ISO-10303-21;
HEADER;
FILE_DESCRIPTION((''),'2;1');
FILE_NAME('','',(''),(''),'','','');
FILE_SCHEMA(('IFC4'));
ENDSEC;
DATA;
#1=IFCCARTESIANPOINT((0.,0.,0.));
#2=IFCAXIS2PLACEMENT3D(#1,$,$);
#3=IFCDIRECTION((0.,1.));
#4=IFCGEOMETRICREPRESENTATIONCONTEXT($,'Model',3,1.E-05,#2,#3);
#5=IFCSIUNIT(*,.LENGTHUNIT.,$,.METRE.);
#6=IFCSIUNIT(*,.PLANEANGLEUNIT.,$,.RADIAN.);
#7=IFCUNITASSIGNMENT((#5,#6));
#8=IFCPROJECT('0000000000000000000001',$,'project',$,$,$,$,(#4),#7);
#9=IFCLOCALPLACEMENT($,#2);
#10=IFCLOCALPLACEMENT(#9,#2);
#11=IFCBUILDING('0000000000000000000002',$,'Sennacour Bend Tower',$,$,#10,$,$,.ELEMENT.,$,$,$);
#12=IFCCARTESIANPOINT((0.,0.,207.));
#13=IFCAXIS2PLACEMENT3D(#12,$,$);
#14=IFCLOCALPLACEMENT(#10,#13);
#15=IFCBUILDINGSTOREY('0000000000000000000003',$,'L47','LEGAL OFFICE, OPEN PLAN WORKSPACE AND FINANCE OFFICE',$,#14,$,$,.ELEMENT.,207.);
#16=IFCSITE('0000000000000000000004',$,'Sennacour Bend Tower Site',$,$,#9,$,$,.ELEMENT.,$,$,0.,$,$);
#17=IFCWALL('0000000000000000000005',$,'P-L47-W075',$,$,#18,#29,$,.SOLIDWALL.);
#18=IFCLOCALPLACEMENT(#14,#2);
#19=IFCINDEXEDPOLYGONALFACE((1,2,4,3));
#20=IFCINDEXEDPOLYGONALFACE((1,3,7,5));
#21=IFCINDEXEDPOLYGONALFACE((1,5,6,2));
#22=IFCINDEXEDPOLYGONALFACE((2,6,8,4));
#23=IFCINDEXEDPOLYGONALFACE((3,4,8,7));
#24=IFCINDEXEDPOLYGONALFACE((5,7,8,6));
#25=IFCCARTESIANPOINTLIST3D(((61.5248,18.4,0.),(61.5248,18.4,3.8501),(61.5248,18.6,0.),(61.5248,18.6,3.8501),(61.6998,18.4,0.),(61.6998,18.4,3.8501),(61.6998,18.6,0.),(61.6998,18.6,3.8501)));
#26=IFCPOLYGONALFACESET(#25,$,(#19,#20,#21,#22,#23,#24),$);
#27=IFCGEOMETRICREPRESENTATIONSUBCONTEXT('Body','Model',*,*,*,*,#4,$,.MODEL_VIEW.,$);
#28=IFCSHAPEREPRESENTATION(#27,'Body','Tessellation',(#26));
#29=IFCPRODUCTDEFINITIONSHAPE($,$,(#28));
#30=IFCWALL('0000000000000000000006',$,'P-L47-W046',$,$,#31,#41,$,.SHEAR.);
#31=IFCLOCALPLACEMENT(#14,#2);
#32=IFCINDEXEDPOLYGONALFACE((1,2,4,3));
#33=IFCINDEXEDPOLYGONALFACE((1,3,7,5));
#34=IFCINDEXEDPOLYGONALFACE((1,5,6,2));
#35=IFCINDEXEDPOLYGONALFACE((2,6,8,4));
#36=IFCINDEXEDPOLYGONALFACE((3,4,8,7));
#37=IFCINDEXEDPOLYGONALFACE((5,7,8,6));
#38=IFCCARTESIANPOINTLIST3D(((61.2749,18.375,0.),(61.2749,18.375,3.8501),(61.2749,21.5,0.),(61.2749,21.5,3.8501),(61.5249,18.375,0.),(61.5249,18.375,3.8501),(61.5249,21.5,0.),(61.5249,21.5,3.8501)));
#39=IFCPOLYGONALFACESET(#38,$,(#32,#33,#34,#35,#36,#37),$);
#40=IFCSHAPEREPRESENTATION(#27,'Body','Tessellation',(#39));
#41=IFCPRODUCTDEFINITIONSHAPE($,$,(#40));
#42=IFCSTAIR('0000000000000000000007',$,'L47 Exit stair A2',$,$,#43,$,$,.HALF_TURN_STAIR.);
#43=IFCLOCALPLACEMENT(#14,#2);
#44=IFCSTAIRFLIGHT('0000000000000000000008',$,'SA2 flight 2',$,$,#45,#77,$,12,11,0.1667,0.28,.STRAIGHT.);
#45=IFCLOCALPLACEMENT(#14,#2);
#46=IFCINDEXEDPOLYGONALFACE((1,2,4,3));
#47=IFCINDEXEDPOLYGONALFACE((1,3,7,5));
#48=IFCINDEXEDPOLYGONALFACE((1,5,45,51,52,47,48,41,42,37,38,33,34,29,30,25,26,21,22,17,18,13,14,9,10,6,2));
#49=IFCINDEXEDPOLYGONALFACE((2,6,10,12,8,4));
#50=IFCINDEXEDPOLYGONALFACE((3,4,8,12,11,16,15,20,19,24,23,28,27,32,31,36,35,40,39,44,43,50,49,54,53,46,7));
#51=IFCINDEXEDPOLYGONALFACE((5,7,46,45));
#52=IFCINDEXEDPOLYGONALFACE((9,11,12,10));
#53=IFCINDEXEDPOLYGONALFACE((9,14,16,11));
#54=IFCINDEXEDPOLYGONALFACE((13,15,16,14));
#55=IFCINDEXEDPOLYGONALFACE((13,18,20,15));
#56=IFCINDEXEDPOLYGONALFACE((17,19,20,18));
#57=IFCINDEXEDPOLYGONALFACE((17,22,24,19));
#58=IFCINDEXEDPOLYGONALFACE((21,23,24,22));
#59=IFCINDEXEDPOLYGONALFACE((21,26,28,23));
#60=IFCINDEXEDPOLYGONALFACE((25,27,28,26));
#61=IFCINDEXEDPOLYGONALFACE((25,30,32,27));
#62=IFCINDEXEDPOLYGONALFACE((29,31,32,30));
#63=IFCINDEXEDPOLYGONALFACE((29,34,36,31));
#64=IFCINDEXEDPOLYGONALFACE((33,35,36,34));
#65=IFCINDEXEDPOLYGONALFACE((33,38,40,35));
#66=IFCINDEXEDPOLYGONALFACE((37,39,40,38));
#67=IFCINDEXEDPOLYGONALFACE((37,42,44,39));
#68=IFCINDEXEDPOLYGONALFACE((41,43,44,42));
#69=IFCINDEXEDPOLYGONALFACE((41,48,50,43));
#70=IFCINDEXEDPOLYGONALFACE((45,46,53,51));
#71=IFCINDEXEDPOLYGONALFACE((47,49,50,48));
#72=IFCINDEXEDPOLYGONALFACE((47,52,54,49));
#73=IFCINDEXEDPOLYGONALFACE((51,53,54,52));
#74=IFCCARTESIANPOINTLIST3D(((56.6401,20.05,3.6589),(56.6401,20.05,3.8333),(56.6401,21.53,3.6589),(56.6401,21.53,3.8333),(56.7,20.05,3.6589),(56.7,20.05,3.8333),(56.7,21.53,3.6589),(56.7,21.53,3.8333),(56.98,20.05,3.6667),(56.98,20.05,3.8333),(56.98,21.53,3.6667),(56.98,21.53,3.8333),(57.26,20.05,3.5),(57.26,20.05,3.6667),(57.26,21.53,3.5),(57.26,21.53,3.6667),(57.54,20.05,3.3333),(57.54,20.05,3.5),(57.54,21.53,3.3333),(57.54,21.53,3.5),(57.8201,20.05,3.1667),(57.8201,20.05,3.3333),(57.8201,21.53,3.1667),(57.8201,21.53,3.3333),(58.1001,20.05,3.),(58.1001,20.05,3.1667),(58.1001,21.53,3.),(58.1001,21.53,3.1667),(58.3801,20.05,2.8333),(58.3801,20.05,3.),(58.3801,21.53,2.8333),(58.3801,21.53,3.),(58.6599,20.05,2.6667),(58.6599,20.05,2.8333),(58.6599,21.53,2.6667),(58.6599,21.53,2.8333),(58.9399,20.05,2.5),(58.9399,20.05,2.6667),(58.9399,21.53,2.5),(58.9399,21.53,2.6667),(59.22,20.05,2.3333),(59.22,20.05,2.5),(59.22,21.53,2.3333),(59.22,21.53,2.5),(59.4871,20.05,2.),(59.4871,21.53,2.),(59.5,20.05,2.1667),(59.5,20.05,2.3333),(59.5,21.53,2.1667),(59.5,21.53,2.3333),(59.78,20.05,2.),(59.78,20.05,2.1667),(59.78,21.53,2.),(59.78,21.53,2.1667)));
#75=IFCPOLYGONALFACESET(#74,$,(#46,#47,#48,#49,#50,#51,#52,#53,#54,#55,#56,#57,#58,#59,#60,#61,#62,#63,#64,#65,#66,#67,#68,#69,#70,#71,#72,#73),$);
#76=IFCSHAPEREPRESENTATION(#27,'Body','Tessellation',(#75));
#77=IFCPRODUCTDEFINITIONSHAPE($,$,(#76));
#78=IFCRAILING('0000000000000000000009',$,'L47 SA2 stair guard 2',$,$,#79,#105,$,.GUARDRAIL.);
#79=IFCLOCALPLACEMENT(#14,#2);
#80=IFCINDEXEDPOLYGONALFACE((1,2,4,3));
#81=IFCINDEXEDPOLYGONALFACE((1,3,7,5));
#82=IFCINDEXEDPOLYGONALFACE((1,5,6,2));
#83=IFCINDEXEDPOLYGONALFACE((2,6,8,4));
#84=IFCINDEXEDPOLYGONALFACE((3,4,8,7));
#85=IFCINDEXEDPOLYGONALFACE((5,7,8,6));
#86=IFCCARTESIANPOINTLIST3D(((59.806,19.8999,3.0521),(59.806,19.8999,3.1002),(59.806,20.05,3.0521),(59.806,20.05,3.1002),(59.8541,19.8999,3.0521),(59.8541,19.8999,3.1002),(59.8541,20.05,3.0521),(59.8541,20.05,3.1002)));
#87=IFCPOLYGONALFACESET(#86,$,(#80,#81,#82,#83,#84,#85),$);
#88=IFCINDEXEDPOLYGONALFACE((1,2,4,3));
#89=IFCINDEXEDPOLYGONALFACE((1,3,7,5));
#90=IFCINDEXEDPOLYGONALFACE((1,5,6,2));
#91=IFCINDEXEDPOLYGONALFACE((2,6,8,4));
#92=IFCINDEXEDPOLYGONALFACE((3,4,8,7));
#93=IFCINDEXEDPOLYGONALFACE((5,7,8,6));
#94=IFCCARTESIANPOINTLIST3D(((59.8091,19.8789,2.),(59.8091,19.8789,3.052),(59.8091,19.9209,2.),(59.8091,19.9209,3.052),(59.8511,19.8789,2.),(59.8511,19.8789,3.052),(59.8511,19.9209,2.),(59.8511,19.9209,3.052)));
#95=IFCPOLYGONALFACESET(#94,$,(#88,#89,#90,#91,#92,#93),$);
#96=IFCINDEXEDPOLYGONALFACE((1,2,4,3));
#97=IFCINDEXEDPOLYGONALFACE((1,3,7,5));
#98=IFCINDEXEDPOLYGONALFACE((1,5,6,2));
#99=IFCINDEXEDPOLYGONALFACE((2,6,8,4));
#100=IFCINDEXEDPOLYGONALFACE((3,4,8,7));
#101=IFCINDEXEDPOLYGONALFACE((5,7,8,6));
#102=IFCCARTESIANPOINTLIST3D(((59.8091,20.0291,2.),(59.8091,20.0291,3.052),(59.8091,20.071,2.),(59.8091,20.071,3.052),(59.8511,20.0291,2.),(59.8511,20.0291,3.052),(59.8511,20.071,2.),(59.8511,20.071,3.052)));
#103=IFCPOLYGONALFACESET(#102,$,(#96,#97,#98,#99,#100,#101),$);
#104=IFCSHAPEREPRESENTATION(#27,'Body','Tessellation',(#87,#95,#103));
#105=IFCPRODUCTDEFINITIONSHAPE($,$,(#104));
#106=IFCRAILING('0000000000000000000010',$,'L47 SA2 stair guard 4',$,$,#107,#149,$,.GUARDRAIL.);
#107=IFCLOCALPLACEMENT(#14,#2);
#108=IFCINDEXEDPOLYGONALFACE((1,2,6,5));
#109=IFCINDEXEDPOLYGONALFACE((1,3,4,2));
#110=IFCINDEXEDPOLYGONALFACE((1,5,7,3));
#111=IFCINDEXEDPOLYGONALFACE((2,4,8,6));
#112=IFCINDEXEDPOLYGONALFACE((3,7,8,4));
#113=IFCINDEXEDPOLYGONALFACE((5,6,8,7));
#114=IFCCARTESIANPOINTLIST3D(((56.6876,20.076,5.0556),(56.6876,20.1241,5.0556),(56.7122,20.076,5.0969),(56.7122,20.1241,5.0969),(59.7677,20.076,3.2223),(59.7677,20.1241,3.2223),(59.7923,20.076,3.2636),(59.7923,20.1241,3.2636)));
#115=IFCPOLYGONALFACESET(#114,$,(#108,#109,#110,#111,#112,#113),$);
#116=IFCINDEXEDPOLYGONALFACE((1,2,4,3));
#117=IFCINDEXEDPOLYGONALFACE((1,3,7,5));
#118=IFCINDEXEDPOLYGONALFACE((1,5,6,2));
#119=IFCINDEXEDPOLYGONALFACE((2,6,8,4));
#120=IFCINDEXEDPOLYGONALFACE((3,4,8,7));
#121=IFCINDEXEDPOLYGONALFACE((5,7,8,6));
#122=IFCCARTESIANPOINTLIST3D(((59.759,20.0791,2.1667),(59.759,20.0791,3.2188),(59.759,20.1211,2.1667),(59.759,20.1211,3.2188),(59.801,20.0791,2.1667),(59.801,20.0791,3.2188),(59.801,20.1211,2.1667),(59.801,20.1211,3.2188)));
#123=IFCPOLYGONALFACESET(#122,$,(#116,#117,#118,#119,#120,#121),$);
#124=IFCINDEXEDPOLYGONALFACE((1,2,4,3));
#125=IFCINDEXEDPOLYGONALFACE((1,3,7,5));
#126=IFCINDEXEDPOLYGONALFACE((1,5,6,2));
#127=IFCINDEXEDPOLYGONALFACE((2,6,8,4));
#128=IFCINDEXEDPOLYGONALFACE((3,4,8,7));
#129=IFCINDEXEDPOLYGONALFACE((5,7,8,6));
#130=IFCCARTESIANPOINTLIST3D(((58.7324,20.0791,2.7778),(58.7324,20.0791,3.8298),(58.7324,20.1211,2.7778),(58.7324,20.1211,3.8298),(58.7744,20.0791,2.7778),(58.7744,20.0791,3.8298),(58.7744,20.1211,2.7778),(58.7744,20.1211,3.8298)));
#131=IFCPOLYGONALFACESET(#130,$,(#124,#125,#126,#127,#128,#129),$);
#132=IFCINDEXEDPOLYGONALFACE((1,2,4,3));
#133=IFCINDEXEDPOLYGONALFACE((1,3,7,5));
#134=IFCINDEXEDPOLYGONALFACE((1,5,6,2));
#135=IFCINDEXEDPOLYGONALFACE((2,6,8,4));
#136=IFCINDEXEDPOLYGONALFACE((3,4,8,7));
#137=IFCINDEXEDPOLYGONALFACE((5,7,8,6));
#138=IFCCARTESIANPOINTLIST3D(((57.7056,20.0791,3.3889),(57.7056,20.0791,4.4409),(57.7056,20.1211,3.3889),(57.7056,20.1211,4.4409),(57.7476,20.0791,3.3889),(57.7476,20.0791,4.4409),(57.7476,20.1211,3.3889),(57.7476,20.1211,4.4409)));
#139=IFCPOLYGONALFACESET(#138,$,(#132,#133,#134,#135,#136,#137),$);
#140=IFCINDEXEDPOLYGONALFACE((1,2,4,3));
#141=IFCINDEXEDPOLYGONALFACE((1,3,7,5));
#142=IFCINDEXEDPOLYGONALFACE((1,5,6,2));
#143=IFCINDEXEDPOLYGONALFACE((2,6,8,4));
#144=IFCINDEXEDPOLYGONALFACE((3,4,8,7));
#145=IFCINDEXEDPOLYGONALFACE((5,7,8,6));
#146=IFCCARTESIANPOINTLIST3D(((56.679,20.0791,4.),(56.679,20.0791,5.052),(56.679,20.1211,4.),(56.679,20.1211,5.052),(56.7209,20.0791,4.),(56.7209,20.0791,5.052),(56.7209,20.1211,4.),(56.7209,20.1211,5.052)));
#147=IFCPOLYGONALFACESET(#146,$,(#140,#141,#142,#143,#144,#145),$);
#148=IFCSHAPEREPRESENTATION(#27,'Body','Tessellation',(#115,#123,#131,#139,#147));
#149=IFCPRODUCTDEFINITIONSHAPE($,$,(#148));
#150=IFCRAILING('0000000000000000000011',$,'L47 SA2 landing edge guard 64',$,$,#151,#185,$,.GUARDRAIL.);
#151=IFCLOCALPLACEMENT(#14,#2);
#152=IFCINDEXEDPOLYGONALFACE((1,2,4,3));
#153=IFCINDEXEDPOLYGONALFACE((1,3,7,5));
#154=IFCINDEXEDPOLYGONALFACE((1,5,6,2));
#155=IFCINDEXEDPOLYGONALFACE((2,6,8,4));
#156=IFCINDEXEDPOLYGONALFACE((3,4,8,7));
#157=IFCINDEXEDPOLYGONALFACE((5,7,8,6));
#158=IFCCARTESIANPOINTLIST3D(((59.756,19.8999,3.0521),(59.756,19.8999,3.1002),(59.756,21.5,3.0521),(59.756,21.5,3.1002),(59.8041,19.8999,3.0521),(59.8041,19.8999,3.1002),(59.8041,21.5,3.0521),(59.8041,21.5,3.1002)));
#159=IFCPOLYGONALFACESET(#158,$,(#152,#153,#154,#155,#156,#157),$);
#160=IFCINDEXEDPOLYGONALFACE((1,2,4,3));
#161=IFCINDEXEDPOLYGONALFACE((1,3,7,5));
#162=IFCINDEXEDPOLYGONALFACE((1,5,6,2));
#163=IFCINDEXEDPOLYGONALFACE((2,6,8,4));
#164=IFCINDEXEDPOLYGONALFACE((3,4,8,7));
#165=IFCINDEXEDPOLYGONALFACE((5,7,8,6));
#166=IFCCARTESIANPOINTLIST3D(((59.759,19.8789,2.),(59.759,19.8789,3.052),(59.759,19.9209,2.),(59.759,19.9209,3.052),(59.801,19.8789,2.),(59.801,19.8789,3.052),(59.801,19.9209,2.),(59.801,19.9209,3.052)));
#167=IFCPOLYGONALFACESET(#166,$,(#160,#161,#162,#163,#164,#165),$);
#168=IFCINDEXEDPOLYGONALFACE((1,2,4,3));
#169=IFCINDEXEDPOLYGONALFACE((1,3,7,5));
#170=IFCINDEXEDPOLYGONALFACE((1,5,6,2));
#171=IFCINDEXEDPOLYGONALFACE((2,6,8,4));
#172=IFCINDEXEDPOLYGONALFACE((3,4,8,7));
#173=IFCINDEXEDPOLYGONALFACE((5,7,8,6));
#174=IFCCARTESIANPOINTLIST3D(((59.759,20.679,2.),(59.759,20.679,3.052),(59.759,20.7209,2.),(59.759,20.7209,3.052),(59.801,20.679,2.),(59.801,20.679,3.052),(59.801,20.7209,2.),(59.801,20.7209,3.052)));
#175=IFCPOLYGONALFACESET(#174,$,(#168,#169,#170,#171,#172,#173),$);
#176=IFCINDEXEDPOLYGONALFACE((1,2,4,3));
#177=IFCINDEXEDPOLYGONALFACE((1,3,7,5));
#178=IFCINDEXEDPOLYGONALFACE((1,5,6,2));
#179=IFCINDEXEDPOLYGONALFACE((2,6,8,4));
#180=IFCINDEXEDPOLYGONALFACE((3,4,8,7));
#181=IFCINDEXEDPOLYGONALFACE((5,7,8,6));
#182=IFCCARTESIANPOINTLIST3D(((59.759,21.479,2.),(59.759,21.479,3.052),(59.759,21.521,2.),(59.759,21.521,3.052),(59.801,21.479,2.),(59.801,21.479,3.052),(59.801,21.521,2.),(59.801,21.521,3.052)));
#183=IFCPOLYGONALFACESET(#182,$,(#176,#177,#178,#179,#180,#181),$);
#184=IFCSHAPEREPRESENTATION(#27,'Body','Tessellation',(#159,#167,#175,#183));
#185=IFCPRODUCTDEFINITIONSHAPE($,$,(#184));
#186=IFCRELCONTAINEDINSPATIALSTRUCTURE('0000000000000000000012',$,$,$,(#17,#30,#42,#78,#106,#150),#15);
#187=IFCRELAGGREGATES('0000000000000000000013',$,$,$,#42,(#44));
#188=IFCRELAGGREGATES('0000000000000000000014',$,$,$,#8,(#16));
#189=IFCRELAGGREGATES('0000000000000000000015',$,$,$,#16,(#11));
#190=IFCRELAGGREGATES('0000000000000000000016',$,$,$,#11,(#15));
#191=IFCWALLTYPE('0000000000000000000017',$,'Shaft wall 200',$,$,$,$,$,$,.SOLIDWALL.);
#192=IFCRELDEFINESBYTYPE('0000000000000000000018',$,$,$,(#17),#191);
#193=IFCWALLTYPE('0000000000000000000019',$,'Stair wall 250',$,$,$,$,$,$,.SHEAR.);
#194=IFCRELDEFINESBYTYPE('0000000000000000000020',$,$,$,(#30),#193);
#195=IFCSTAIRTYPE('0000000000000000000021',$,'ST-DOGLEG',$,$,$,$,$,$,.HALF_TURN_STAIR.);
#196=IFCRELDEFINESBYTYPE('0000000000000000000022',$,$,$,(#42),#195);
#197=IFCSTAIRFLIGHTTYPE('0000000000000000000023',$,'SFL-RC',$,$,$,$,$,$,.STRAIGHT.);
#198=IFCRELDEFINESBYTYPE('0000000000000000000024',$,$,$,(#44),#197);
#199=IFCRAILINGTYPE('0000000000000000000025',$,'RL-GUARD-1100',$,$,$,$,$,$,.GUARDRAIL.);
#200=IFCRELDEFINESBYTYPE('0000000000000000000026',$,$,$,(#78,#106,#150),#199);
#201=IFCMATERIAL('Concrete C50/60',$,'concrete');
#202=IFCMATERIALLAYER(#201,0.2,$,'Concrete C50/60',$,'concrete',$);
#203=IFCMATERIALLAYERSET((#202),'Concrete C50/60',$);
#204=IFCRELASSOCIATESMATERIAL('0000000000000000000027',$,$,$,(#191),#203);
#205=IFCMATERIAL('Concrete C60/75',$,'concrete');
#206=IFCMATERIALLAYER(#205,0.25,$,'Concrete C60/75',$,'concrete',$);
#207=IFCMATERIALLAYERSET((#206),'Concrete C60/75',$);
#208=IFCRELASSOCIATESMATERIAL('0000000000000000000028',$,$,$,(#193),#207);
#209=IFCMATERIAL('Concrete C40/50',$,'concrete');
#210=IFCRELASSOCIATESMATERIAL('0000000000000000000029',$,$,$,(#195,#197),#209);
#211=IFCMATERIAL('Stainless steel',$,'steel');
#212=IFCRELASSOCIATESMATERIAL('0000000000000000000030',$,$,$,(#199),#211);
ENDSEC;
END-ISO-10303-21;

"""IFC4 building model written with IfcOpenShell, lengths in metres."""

from ifc_helpers import new_model, si_unit, direction, frame, frame_2d, origin, origin_2d, place, context, subcontext, project, spatial, polyline, rectangle, outline, extrude, material, layer, layer_set, type_object, element, aggregate, save


model = new_model("IFC4")

# Units and contexts
model_context = context("Model", 3, precision=1e-05, world=origin(), true_north=direction((0.0, 1.0)))
body_context = subcontext(model_context, "Body", "Model", "MODEL_VIEW")
ifc_project = project(units=[si_unit("LENGTHUNIT", "METRE"), si_unit("PLANEANGLEUNIT", "RADIAN")], contexts=[model_context])

# Site, building, storey
site_placement = place(None, origin())
site = spatial("IfcSite", under=ifc_project, at=site_placement, Name="Sennacour Bend Tower Site", CompositionType="ELEMENT", RefElevation=0.0)
building_placement = place(site_placement, origin())
building = spatial("IfcBuilding", under=site, at=building_placement, Name="Sennacour Bend Tower", CompositionType="ELEMENT")
storey_placement = place(building_placement, frame((0.0, 0.0, 207.0)))
storey = spatial("IfcBuildingStorey", under=building, at=storey_placement, Name="L47", Description="LEGAL OFFICE, OPEN PLAN WORKSPACE AND FINANCE OFFICE", CompositionType="ELEMENT", Elevation=207.0)

# Shared definitions
ifc_material_1 = material(Name="Concrete C50/60", Category="concrete")
ifc_layer_1 = layer(ifc_material_1, 0.2, Name="Concrete C50/60", Category="concrete")
ifc_layer_set_1 = layer_set([ifc_layer_1], Name="Concrete C50/60")
wall_type_1 = type_object("IfcWallType", Name="Shaft wall 200", PredefinedType="SOLIDWALL", material=ifc_layer_set_1)

# Shared definitions
ifc_material_2 = material(Name="Stainless steel", Category="steel")

# Walls
wall_1_placement = place(storey_placement, frame((61.5249, 18.5, 0.0), z_axis=(0.0, 0.0, 1.0), x_axis=(1.0, 0.0, 0.0)))
element("IfcWall", 1, at=wall_1_placement, inside=storey, type_object=wall_type_1, Name="P-L47-W075", PredefinedType="SOLIDWALL", context=body_context, shape_type="SweptSolid", body=[
    extrude(rectangle(XDim=0.175, YDim=0.2, at=frame_2d((0.0874, 0.0))), origin(), (0.0, 0.0, 1.0), 3.8501),
])
ifc_material_3 = material(Name="Concrete C60/75", Category="concrete")
ifc_layer_2 = layer(ifc_material_3, 0.25, Name="Concrete C60/75", Category="concrete")
ifc_layer_set_2 = layer_set([ifc_layer_2], Name="Concrete C60/75")
wall_type_2 = type_object("IfcWallType", Name="Stair wall 250", PredefinedType="SHEAR", material=ifc_layer_set_2)
wall_2_placement = place(storey_placement, frame((61.3999, 18.375, 0.0), z_axis=(0.0, 0.0, 1.0), x_axis=(0.0, 1.0, 0.0)))
element("IfcWall", 2, at=wall_2_placement, inside=storey, type_object=wall_type_2, Name="P-L47-W046", PredefinedType="SHEAR", context=body_context, shape_type="SweptSolid", body=[
    extrude(rectangle(XDim=3.125, YDim=0.25, at=frame_2d((1.5625, 0.0))), origin(), (0.0, 0.0, 1.0), 3.8501),
])

# Stair, stair flight
ifc_material_4 = material(Name="Concrete C40/50", Category="concrete")
stair_type = type_object("IfcStairType", Name="ST-DOGLEG", PredefinedType="HALF_TURN_STAIR", material=ifc_material_4)
stair_placement = place(storey_placement, origin())
stair = element("IfcStair", 3, at=stair_placement, inside=storey, type_object=stair_type, Name="L47 Exit stair A2", PredefinedType="HALF_TURN_STAIR")
stair_flight_type = type_object("IfcStairFlightType", Name="SFL-RC", PredefinedType="STRAIGHT", material=ifc_material_4)
stair_flight_placement = place(storey_placement, frame((59.78, 20.79, 2.0), z_axis=(0.0, 0.0, 1.0), x_axis=(-1.0, 0.0, 0.0)))
stair_flight = element("IfcStairFlight", 4, at=stair_flight_placement, type_object=stair_flight_type, Name="SA2 flight 2", NumberOfRisers=12, NumberOfTreads=11, PredefinedType="STRAIGHT", RiserHeight=0.1667, TreadLength=0.28, context=body_context, shape_type="SweptSolid", body=[
    extrude(outline(polyline([(0.0, 0.0), (0.0, 0.1667), (0.28, 0.1667), (0.28, 0.3333), (0.5601, 0.3333), (0.5601, 0.5), (0.8401, 0.5), (0.8401, 0.6667), (1.1201, 0.6667), (1.1201, 0.8333), (1.3999, 0.8333), (1.3999, 1.0), (1.6799, 1.0), (1.6799, 1.1667), (1.96, 1.1667), (1.96, 1.3333), (2.24, 1.3333), (2.24, 1.5), (2.52, 1.5), (2.52, 1.6667), (2.8, 1.6667), (2.8, 1.8333), (3.0801, 1.8333), (3.1399, 1.8333), (3.1399, 1.6589), (3.0801, 1.6589), (0.293, 0.0), (0.0, 0.0)])), frame((0.0, 0.74, 0.0), z_axis=(0.0, -1.0, 0.0), x_axis=(1.0, 0.0, 0.0)), (0.0, 0.0, 1.0), 1.48),
])
aggregate(stair, [stair_flight])

# Railings
railing_type_1 = type_object("IfcRailingType", Name="RL-GUARD-1100", PredefinedType="GUARDRAIL", material=ifc_material_2)
railing_1_placement = place(storey_placement, frame((59.8301, 19.8999, 2.0)))
element("IfcRailing", 5, at=railing_1_placement, inside=storey, type_object=railing_type_1, Name="L47 SA2 stair guard 2", PredefinedType="GUARDRAIL", context=body_context, shape_type="SweptSolid", body=[
    extrude(rectangle(XDim=0.0481, YDim=0.0481, at=origin_2d()), frame((0.0, 0.0, 1.0762), z_axis=(0.0, 1.0, 0.0), x_axis=(-1.0, 0.0, 0.0)), (0.0, 0.0, 1.0), 0.1501),
    extrude(rectangle(XDim=0.042, YDim=0.042, at=origin_2d()), origin(), (0.0, 0.0, 1.0), 1.052),
    extrude(rectangle(XDim=0.042, YDim=0.042, at=origin_2d()), frame((0.0, 0.1501, 0.0)), (0.0, 0.0, 1.0), 1.052),
])
railing_2_placement = place(storey_placement, frame((59.78, 20.1001, 2.1667)))
element("IfcRailing", 6, at=railing_2_placement, inside=storey, type_object=railing_type_1, Name="L47 SA2 stair guard 4", PredefinedType="GUARDRAIL", context=body_context, shape_type="SweptSolid", body=[
    extrude(rectangle(XDim=0.0481, YDim=0.0481, at=origin_2d()), frame((0.0, 0.0, 1.0762), z_axis=(-0.859309, 0.0, 0.511458), x_axis=(0.0, -1.0, 0.0)), (0.0, 0.0, 1.0), 3.5845),
    extrude(rectangle(XDim=0.042, YDim=0.042, at=origin_2d()), origin(), (0.0, 0.0, 1.0), 1.052),
    extrude(rectangle(XDim=0.042, YDim=0.042, at=origin_2d()), frame((-1.0266, 0.0, 0.6111)), (0.0, 0.0, 1.0), 1.052),
    extrude(rectangle(XDim=0.042, YDim=0.042, at=origin_2d()), frame((-2.0535, 0.0, 1.2222)), (0.0, 0.0, 1.0), 1.052),
    extrude(rectangle(XDim=0.042, YDim=0.042, at=origin_2d()), frame((-3.0801, 0.0, 1.8333)), (0.0, 0.0, 1.0), 1.052),
])
railing_3_placement = place(storey_placement, frame((59.78, 19.8999, 2.0)))
element("IfcRailing", 7, at=railing_3_placement, inside=storey, type_object=railing_type_1, Name="L47 SA2 landing edge guard 64", PredefinedType="GUARDRAIL", context=body_context, shape_type="SweptSolid", body=[
    extrude(rectangle(XDim=0.0481, YDim=0.0481, at=origin_2d()), frame((0.0, 0.0, 1.0762), z_axis=(0.0, 1.0, 0.0), x_axis=(-1.0, 0.0, 0.0)), (0.0, 0.0, 1.0), 1.6001),
    extrude(rectangle(XDim=0.042, YDim=0.042, at=origin_2d()), origin(), (0.0, 0.0, 1.0), 1.052),
    extrude(rectangle(XDim=0.042, YDim=0.042, at=origin_2d()), frame((0.0, 0.8, 0.0)), (0.0, 0.0, 1.0), 1.052),
    extrude(rectangle(XDim=0.042, YDim=0.042, at=origin_2d()), frame((0.0, 1.6001, 0.0)), (0.0, 0.0, 1.0), 1.052),
])

save(model, "model.ifc")
